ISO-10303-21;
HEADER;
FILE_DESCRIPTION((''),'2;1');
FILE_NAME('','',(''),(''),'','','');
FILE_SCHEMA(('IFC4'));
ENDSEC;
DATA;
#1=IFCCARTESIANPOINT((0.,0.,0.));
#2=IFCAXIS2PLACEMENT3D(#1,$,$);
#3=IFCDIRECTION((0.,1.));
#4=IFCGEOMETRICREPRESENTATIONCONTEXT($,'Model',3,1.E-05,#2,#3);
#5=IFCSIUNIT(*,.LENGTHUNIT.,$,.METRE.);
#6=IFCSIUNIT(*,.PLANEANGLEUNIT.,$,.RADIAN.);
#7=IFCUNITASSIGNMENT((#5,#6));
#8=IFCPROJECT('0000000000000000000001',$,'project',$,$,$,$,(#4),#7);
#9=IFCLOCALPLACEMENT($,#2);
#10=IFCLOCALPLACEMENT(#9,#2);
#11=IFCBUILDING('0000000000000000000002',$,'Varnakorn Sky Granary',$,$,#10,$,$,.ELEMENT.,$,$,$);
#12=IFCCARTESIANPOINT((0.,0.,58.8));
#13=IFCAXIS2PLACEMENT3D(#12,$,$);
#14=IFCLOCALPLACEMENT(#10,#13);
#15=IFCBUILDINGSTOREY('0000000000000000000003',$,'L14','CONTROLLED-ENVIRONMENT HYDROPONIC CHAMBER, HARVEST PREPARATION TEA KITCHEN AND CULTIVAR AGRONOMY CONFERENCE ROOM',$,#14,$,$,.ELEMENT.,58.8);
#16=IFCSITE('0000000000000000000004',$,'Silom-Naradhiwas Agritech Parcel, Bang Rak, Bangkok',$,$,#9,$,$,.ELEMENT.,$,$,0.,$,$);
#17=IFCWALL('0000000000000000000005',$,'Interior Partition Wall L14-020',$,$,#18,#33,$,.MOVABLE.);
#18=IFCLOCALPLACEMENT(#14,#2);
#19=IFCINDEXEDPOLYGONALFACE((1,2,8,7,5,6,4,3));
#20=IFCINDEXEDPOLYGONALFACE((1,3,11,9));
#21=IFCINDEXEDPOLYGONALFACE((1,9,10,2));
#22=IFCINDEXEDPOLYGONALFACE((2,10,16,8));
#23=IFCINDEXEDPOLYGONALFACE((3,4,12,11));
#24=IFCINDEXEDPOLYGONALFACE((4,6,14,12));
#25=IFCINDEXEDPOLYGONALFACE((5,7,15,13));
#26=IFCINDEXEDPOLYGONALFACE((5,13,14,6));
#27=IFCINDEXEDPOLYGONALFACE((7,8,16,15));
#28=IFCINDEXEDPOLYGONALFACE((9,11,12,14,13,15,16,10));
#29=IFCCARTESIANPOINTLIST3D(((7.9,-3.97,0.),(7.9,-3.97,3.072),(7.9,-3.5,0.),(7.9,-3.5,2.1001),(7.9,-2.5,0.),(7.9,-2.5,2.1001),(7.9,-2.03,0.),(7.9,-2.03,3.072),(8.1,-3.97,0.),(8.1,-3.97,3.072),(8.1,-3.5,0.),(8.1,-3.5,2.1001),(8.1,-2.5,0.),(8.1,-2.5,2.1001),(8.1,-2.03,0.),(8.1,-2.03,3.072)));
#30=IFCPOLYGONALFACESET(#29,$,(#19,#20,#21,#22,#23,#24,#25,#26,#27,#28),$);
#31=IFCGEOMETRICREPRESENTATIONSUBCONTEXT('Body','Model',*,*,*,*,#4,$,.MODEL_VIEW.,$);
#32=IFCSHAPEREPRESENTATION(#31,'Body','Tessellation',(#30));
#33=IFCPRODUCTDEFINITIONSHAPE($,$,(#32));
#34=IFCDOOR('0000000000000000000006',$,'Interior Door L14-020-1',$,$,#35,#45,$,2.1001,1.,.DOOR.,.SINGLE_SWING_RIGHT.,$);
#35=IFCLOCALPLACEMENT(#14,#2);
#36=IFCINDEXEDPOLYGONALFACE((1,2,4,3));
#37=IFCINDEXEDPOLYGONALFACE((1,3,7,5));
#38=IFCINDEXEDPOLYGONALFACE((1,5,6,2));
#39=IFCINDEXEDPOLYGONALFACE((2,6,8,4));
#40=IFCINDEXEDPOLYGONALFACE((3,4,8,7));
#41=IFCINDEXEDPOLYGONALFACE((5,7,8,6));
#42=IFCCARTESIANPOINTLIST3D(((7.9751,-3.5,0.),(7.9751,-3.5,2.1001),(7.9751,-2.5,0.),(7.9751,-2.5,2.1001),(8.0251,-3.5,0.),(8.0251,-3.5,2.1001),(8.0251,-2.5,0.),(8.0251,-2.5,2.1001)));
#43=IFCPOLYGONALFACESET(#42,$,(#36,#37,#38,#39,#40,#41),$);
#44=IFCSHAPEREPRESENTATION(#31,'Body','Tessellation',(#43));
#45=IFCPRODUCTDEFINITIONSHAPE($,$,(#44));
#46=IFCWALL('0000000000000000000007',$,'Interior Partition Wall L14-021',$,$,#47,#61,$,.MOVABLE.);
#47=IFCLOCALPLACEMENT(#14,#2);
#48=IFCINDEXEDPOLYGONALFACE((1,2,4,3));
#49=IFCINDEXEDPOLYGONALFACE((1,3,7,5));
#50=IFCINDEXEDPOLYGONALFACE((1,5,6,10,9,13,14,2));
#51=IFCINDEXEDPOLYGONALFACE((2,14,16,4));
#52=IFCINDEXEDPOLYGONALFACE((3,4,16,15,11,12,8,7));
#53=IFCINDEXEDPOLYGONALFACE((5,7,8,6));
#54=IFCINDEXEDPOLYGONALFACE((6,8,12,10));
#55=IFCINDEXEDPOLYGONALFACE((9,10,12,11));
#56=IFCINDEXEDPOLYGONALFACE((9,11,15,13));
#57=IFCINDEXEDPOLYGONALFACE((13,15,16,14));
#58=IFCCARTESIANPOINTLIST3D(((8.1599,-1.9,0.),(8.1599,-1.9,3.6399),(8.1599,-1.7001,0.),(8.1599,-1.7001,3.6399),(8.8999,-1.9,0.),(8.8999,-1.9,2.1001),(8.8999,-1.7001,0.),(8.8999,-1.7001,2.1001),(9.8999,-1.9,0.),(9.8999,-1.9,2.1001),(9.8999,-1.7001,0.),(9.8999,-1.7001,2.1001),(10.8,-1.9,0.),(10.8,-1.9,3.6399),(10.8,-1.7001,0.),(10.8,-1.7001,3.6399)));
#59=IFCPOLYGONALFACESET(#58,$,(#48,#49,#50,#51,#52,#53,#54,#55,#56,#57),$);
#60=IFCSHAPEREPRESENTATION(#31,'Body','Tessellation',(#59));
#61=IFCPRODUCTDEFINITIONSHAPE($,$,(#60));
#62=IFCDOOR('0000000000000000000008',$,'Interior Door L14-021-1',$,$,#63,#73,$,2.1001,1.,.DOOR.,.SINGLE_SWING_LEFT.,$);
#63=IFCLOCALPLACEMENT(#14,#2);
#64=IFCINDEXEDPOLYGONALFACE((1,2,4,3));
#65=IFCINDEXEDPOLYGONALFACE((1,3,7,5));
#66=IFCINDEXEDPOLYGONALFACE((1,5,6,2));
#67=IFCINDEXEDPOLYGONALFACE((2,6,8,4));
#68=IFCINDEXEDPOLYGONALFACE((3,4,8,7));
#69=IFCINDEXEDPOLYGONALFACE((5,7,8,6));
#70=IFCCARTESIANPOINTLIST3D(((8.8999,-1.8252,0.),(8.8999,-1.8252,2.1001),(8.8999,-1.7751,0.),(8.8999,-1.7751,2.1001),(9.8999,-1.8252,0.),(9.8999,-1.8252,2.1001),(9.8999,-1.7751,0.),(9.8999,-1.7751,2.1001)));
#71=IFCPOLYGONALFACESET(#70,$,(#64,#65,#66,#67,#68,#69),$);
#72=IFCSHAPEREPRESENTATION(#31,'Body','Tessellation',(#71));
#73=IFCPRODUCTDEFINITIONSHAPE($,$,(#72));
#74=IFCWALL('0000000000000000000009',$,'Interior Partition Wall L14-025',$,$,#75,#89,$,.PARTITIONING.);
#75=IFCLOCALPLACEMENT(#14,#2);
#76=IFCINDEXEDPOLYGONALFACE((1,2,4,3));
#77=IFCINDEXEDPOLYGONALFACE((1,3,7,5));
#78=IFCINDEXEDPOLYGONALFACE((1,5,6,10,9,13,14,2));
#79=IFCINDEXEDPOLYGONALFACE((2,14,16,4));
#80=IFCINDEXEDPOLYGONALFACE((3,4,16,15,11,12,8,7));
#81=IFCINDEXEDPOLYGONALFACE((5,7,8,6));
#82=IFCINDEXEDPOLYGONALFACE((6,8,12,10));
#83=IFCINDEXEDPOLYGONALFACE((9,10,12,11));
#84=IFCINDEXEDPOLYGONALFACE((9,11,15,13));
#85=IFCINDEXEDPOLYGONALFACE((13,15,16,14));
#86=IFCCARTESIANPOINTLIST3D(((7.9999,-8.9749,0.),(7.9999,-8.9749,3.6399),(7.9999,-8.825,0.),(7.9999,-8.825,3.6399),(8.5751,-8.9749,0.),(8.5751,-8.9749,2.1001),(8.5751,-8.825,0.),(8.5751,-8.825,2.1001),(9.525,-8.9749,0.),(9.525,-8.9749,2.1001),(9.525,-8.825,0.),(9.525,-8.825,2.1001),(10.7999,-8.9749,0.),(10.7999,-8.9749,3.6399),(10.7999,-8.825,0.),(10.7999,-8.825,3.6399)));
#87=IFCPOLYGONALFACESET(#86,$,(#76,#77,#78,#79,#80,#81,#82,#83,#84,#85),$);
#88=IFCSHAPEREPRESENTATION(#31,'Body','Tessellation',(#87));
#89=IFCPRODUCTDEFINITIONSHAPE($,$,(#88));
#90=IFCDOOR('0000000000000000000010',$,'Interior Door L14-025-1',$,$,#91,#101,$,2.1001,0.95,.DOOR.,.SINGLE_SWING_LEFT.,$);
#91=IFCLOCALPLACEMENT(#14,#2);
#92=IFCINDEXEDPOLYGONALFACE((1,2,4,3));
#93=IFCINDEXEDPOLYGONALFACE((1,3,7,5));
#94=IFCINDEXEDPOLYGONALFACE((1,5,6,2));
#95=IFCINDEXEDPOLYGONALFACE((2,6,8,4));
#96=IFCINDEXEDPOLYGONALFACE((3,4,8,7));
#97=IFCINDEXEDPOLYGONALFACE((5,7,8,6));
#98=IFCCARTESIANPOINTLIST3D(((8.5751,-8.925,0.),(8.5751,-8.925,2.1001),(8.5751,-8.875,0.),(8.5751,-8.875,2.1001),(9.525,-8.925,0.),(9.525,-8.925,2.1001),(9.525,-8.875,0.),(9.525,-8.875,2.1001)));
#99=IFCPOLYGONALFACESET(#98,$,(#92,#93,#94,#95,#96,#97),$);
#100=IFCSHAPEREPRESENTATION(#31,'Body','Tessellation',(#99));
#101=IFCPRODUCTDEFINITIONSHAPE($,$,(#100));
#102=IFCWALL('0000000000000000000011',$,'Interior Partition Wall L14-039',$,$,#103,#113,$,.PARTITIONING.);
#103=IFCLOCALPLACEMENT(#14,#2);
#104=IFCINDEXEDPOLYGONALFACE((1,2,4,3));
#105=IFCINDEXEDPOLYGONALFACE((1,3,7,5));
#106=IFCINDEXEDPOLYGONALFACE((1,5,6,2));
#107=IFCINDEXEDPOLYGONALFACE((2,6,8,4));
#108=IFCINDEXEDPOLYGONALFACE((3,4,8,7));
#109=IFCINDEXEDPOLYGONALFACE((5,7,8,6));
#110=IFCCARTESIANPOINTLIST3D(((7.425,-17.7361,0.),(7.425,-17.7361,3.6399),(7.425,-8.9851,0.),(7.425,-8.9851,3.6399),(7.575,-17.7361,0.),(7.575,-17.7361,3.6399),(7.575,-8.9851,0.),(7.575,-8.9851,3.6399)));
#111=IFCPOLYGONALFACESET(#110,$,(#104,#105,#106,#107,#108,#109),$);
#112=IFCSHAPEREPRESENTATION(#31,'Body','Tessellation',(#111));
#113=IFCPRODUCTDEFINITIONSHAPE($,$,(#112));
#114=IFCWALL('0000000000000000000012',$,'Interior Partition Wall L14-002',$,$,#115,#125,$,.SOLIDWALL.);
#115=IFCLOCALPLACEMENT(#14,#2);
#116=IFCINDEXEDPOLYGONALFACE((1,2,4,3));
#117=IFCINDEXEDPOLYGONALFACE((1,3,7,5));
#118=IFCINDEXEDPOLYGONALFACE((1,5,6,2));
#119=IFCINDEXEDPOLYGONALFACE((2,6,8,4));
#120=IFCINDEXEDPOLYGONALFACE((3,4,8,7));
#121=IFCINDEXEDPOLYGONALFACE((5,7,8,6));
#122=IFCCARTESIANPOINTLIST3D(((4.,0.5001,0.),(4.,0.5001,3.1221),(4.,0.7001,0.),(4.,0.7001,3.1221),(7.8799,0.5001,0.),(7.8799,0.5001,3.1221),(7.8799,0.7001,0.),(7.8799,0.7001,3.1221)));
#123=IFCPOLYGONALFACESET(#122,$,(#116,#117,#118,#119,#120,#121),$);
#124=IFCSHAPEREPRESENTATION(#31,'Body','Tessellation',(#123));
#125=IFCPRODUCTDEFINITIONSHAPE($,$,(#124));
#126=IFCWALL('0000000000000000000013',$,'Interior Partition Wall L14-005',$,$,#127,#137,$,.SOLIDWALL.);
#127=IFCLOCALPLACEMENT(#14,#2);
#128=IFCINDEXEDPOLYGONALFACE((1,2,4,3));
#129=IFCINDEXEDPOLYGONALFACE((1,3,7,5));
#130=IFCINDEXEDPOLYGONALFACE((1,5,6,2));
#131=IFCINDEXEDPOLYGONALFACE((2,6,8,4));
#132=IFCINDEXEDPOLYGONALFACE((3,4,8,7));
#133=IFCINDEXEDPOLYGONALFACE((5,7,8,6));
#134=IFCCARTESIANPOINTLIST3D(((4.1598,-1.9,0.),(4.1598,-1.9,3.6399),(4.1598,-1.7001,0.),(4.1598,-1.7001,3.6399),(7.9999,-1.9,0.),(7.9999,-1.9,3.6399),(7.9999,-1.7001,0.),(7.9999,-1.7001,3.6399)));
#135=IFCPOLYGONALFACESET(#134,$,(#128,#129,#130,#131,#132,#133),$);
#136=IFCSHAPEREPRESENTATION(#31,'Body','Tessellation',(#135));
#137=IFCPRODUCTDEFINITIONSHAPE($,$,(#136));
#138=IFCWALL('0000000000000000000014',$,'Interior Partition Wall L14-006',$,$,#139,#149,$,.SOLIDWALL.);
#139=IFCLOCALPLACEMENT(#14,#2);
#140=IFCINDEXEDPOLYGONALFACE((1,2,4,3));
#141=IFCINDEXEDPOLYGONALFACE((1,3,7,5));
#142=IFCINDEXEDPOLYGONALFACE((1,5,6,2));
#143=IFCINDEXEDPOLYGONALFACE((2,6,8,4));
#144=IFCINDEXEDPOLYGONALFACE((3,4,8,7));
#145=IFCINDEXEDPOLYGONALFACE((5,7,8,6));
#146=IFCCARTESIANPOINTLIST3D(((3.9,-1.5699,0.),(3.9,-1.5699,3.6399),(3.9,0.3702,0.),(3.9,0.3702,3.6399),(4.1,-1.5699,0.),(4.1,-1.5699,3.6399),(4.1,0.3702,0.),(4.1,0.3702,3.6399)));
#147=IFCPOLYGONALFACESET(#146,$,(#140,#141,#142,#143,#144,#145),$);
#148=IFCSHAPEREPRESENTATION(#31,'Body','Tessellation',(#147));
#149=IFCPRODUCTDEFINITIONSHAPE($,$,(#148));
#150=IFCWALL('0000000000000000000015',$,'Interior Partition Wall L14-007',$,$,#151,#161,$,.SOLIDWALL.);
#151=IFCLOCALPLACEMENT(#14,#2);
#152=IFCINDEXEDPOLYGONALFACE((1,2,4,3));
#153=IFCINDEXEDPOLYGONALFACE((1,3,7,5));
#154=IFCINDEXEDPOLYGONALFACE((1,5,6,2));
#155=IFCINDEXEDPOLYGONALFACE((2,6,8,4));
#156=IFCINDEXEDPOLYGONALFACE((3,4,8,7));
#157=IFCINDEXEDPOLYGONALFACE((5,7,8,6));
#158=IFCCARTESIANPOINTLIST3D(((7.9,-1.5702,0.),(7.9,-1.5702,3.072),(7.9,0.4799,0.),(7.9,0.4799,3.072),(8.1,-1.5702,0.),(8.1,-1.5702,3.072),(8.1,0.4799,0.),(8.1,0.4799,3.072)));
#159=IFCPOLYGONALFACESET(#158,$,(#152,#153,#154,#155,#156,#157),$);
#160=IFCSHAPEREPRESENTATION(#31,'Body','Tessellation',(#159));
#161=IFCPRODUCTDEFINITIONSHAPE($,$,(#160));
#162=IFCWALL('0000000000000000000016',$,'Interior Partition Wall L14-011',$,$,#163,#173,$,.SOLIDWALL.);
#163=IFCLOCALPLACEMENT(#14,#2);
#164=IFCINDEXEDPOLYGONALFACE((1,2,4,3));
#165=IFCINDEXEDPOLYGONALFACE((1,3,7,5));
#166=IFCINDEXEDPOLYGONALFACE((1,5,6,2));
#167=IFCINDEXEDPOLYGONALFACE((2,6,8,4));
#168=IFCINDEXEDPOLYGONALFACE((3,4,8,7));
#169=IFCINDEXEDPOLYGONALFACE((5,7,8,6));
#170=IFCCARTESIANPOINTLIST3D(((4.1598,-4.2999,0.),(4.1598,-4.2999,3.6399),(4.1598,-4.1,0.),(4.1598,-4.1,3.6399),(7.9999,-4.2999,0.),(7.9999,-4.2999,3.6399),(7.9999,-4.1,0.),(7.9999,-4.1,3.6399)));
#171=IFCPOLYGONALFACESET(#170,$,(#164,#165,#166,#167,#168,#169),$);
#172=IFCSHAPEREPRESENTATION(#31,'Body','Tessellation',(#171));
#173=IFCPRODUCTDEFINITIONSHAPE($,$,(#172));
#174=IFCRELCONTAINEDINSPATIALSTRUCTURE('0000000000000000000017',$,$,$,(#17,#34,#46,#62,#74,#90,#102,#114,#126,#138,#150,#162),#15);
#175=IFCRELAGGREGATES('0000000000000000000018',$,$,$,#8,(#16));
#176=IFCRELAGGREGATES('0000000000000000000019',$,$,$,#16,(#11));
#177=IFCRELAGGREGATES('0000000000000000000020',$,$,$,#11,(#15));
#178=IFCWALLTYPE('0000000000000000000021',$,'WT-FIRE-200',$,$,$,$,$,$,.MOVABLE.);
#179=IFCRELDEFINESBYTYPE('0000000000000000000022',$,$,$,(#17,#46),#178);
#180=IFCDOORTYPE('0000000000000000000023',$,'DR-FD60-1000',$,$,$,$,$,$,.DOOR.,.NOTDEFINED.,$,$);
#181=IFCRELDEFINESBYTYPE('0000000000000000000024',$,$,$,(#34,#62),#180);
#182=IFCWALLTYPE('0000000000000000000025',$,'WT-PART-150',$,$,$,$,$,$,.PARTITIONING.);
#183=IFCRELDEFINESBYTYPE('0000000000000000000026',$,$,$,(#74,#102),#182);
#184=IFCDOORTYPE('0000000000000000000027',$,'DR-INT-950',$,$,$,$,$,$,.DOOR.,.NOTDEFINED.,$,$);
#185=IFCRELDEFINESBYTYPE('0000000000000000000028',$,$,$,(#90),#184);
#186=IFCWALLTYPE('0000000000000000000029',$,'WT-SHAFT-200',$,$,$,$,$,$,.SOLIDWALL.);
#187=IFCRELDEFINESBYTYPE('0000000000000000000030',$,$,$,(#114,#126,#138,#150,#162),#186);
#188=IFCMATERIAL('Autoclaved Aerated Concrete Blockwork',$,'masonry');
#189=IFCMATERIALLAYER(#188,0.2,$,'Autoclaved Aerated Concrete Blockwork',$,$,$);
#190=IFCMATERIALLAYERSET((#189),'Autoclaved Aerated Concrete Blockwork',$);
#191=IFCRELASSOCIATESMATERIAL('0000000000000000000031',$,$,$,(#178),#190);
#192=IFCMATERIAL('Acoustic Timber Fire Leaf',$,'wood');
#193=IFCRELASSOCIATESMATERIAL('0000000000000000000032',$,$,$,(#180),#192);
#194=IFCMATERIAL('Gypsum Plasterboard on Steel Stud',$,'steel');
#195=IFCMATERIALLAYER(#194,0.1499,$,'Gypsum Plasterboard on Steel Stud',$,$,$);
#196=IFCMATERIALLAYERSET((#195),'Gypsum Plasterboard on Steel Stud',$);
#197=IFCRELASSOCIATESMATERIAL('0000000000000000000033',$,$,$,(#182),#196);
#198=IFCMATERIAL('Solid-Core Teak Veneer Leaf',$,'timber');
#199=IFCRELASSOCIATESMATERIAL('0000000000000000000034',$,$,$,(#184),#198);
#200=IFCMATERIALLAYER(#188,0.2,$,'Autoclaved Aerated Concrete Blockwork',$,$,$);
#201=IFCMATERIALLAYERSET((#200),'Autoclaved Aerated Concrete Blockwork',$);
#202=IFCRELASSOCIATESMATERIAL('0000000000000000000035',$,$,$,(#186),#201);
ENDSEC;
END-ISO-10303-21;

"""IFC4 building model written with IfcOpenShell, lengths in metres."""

from ifc_helpers import new_model, si_unit, direction, frame, frame_2d, origin, place, context, subcontext, project, spatial, rectangle, extrude, material, layer, layer_set, type_object, element, fill, save


model = new_model("IFC4")

# Units and contexts
model_context = context("Model", 3, precision=1e-05, world=origin(), true_north=direction((0.0, 1.0)))
body_context = subcontext(model_context, "Body", "Model", "MODEL_VIEW")
ifc_project = project(units=[si_unit("LENGTHUNIT", "METRE"), si_unit("PLANEANGLEUNIT", "RADIAN")], contexts=[model_context])

# Site, building, storey
site_placement = place(None, origin())
site = spatial("IfcSite", under=ifc_project, at=site_placement, Name="Silom-Naradhiwas Agritech Parcel, Bang Rak, Bangkok", CompositionType="ELEMENT", RefElevation=0.0)
building_placement = place(site_placement, origin())
building = spatial("IfcBuilding", under=site, at=building_placement, Name="Varnakorn Sky Granary", CompositionType="ELEMENT")
storey_placement = place(building_placement, frame((0.0, 0.0, 58.8)))
storey = spatial("IfcBuildingStorey", under=building, at=storey_placement, Name="L14", Description="CONTROLLED-ENVIRONMENT HYDROPONIC CHAMBER, HARVEST PREPARATION TEA KITCHEN AND CULTIVAR AGRONOMY CONFERENCE ROOM", CompositionType="ELEMENT", Elevation=58.8)

# Walls, openings, doors
ifc_material_1 = material(Name="Autoclaved Aerated Concrete Blockwork", Category="masonry")
ifc_layer_1 = layer(ifc_material_1, 0.2, Name="Autoclaved Aerated Concrete Blockwork")
ifc_layer_set_1 = layer_set([ifc_layer_1], Name="Autoclaved Aerated Concrete Blockwork")
wall_type_1 = type_object("IfcWallType", Name="WT-FIRE-200", PredefinedType="MOVABLE", material=ifc_layer_set_1)
ifc_material_2 = material(Name="Acoustic Timber Fire Leaf", Category="wood")
door_type_1 = type_object("IfcDoorType", Name="DR-FD60-1000", OperationType="NOTDEFINED", PredefinedType="DOOR", material=ifc_material_2)
wall_1_placement = place(storey_placement, frame((8.0, -3.97, 0.0), z_axis=(0.0, 0.0, 1.0), x_axis=(0.0, 1.0, 0.0)))
wall_1 = element("IfcWall", 1, at=wall_1_placement, inside=storey, type_object=wall_type_1, Name="Interior Partition Wall L14-020", PredefinedType="MOVABLE", context=body_context, shape_type="SweptSolid", body=[
    extrude(rectangle(XDim=1.9399, YDim=0.2, at=frame_2d((0.97, 0.0))), origin(), (0.0, 0.0, 1.0), 3.072),
])
opening_1_placement = place(wall_1_placement, frame((0.47, 0.0, 0.0)))
opening_1 = element("IfcOpeningElement", 2, at=opening_1_placement, cuts=wall_1, PredefinedType="OPENING", context=body_context, shape_type="SweptSolid", body=[
    extrude(rectangle(XDim=1.0, YDim=2.1001, at=frame_2d((0.5, 1.05))), frame((0.0, 0.1099, 0.0), z_axis=(0.0, -1.0, 0.0), x_axis=(1.0, 0.0, 0.0)), (0.0, 0.0, 1.0), 0.22),
])
door_1_placement = place(opening_1_placement, origin())
door_1 = element("IfcDoor", 3, at=door_1_placement, inside=storey, type_object=door_type_1, Name="Interior Door L14-020-1", OperationType="SINGLE_SWING_RIGHT", OverallHeight=2.1001, OverallWidth=1.0, PredefinedType="DOOR", context=body_context, shape_type="SweptSolid", body=[
    extrude(rectangle(XDim=1.0, YDim=2.1001, at=frame_2d((0.5, 1.05))), frame((0.0, 0.0249, 0.0), z_axis=(0.0, -1.0, 0.0), x_axis=(1.0, 0.0, 0.0)), (0.0, 0.0, 1.0), 0.05),
])
fill(opening_1, door_1)
wall_2_placement = place(storey_placement, frame((8.1599, -1.8, 0.0), z_axis=(0.0, 0.0, 1.0), x_axis=(1.0, 0.0, 0.0)))
wall_2 = element("IfcWall", 4, at=wall_2_placement, inside=storey, type_object=wall_type_1, Name="Interior Partition Wall L14-021", PredefinedType="MOVABLE", context=body_context, shape_type="SweptSolid", body=[
    extrude(rectangle(XDim=2.6401, YDim=0.2, at=frame_2d((1.3201, 0.0))), origin(), (0.0, 0.0, 1.0), 3.6399),
])
opening_2_placement = place(wall_2_placement, frame((0.74, 0.0, 0.0)))
opening_2 = element("IfcOpeningElement", 5, at=opening_2_placement, cuts=wall_2, PredefinedType="OPENING", context=body_context, shape_type="SweptSolid", body=[
    extrude(rectangle(XDim=1.0, YDim=2.1001, at=frame_2d((0.5, 1.05))), frame((0.0, 0.1099, 0.0), z_axis=(0.0, -1.0, 0.0), x_axis=(1.0, 0.0, 0.0)), (0.0, 0.0, 1.0), 0.22),
])
door_2_placement = place(opening_2_placement, origin())
door_2 = element("IfcDoor", 6, at=door_2_placement, inside=storey, type_object=door_type_1, Name="Interior Door L14-021-1", OperationType="SINGLE_SWING_LEFT", OverallHeight=2.1001, OverallWidth=1.0, PredefinedType="DOOR", context=body_context, shape_type="SweptSolid", body=[
    extrude(rectangle(XDim=1.0, YDim=2.1001, at=frame_2d((0.5, 1.05))), frame((0.0, 0.0249, 0.0), z_axis=(0.0, -1.0, 0.0), x_axis=(1.0, 0.0, 0.0)), (0.0, 0.0, 1.0), 0.05),
])
fill(opening_2, door_2)
ifc_material_3 = material(Name="Gypsum Plasterboard on Steel Stud", Category="steel")
ifc_layer_2 = layer(ifc_material_3, 0.1499, Name="Gypsum Plasterboard on Steel Stud")
ifc_layer_set_2 = layer_set([ifc_layer_2], Name="Gypsum Plasterboard on Steel Stud")
wall_type_2 = type_object("IfcWallType", Name="WT-PART-150", PredefinedType="PARTITIONING", material=ifc_layer_set_2)
wall_3_placement = place(storey_placement, frame((8.0, -8.8999, 0.0), z_axis=(0.0, 0.0, 1.0), x_axis=(1.0, 0.0, 0.0)))
wall_3 = element("IfcWall", 7, at=wall_3_placement, inside=storey, type_object=wall_type_2, Name="Interior Partition Wall L14-025", PredefinedType="PARTITIONING", context=body_context, shape_type="SweptSolid", body=[
    extrude(rectangle(XDim=2.8, YDim=0.1499, at=frame_2d((1.3999, 0.0))), origin(), (0.0, 0.0, 1.0), 3.6399),
])
opening_3_placement = place(wall_3_placement, frame((0.575, 0.0, 0.0)))
opening_3 = element("IfcOpeningElement", 8, at=opening_3_placement, cuts=wall_3, PredefinedType="OPENING", context=body_context, shape_type="SweptSolid", body=[
    extrude(rectangle(XDim=0.95, YDim=2.1001, at=frame_2d((0.4751, 1.05))), frame((0.0, 0.085, 0.0), z_axis=(0.0, -1.0, 0.0), x_axis=(1.0, 0.0, 0.0)), (0.0, 0.0, 1.0), 0.1699),
])
ifc_material_4 = material(Name="Solid-Core Teak Veneer Leaf", Category="timber")
door_type_2 = type_object("IfcDoorType", Name="DR-INT-950", OperationType="NOTDEFINED", PredefinedType="DOOR", material=ifc_material_4)
door_3_placement = place(opening_3_placement, origin())
door_3 = element("IfcDoor", 9, at=door_3_placement, inside=storey, type_object=door_type_2, Name="Interior Door L14-025-1", OperationType="SINGLE_SWING_LEFT", OverallHeight=2.1001, OverallWidth=0.95, PredefinedType="DOOR", context=body_context, shape_type="SweptSolid", body=[
    extrude(rectangle(XDim=0.95, YDim=2.1001, at=frame_2d((0.4751, 1.05))), frame((0.0, 0.0249, 0.0), z_axis=(0.0, -1.0, 0.0), x_axis=(1.0, 0.0, 0.0)), (0.0, 0.0, 1.0), 0.05),
])
fill(opening_3, door_3)

# Walls
wall_4_placement = place(storey_placement, frame((7.5, -8.9851, 0.0), z_axis=(0.0, 0.0, 1.0), x_axis=(0.0, -1.0, 0.0)))
element("IfcWall", 10, at=wall_4_placement, inside=storey, type_object=wall_type_2, Name="Interior Partition Wall L14-039", PredefinedType="PARTITIONING", context=body_context, shape_type="SweptSolid", body=[
    extrude(rectangle(XDim=8.751, YDim=0.1499, at=frame_2d((4.3755, 0.0))), origin(), (0.0, 0.0, 1.0), 3.6399),
])
ifc_layer_3 = layer(ifc_material_1, 0.2, Name="Autoclaved Aerated Concrete Blockwork")
ifc_layer_set_3 = layer_set([ifc_layer_3], Name="Autoclaved Aerated Concrete Blockwork")
wall_type_3 = type_object("IfcWallType", Name="WT-SHAFT-200", PredefinedType="SOLIDWALL", material=ifc_layer_set_3)
wall_5_placement = place(storey_placement, frame((4.0, 0.6001, 0.0), z_axis=(0.0, 0.0, 1.0), x_axis=(1.0, 0.0, 0.0)))
element("IfcWall", 11, at=wall_5_placement, inside=storey, type_object=wall_type_3, Name="Interior Partition Wall L14-002", PredefinedType="SOLIDWALL", context=body_context, shape_type="SweptSolid", body=[
    extrude(rectangle(XDim=3.8799, YDim=0.2, at=frame_2d((1.9399, 0.0))), origin(), (0.0, 0.0, 1.0), 3.1221),
])
wall_6_placement = place(storey_placement, frame((4.1599, -1.8, 0.0), z_axis=(0.0, 0.0, 1.0), x_axis=(1.0, 0.0, 0.0)))
element("IfcWall", 12, at=wall_6_placement, inside=storey, type_object=wall_type_3, Name="Interior Partition Wall L14-005", PredefinedType="SOLIDWALL", context=body_context, shape_type="SweptSolid", body=[
    extrude(rectangle(XDim=3.8401, YDim=0.2, at=frame_2d((1.9199, 0.0))), origin(), (0.0, 0.0, 1.0), 3.6399),
])
wall_7_placement = place(storey_placement, frame((4.0, -1.5701, 0.0), z_axis=(0.0, 0.0, 1.0), x_axis=(0.0, 1.0, 0.0)))
element("IfcWall", 13, at=wall_7_placement, inside=storey, type_object=wall_type_3, Name="Interior Partition Wall L14-006", PredefinedType="SOLIDWALL", context=body_context, shape_type="SweptSolid", body=[
    extrude(rectangle(XDim=1.9402, YDim=0.2, at=frame_2d((0.9702, 0.0))), origin(), (0.0, 0.0, 1.0), 3.6399),
])
wall_8_placement = place(storey_placement, frame((8.0, -1.5701, 0.0), z_axis=(0.0, 0.0, 1.0), x_axis=(0.0, 1.0, 0.0)))
element("IfcWall", 14, at=wall_8_placement, inside=storey, type_object=wall_type_3, Name="Interior Partition Wall L14-007", PredefinedType="SOLIDWALL", context=body_context, shape_type="SweptSolid", body=[
    extrude(rectangle(XDim=2.05, YDim=0.2, at=frame_2d((1.0249, 0.0))), origin(), (0.0, 0.0, 1.0), 3.072),
])
wall_9_placement = place(storey_placement, frame((4.1599, -4.2, 0.0), z_axis=(0.0, 0.0, 1.0), x_axis=(1.0, 0.0, 0.0)))
element("IfcWall", 15, at=wall_9_placement, inside=storey, type_object=wall_type_3, Name="Interior Partition Wall L14-011", PredefinedType="SOLIDWALL", context=body_context, shape_type="SweptSolid", body=[
    extrude(rectangle(XDim=3.8401, YDim=0.2, at=frame_2d((1.9199, 0.0))), origin(), (0.0, 0.0, 1.0), 3.6399),
])

save(model, "model.ifc")
